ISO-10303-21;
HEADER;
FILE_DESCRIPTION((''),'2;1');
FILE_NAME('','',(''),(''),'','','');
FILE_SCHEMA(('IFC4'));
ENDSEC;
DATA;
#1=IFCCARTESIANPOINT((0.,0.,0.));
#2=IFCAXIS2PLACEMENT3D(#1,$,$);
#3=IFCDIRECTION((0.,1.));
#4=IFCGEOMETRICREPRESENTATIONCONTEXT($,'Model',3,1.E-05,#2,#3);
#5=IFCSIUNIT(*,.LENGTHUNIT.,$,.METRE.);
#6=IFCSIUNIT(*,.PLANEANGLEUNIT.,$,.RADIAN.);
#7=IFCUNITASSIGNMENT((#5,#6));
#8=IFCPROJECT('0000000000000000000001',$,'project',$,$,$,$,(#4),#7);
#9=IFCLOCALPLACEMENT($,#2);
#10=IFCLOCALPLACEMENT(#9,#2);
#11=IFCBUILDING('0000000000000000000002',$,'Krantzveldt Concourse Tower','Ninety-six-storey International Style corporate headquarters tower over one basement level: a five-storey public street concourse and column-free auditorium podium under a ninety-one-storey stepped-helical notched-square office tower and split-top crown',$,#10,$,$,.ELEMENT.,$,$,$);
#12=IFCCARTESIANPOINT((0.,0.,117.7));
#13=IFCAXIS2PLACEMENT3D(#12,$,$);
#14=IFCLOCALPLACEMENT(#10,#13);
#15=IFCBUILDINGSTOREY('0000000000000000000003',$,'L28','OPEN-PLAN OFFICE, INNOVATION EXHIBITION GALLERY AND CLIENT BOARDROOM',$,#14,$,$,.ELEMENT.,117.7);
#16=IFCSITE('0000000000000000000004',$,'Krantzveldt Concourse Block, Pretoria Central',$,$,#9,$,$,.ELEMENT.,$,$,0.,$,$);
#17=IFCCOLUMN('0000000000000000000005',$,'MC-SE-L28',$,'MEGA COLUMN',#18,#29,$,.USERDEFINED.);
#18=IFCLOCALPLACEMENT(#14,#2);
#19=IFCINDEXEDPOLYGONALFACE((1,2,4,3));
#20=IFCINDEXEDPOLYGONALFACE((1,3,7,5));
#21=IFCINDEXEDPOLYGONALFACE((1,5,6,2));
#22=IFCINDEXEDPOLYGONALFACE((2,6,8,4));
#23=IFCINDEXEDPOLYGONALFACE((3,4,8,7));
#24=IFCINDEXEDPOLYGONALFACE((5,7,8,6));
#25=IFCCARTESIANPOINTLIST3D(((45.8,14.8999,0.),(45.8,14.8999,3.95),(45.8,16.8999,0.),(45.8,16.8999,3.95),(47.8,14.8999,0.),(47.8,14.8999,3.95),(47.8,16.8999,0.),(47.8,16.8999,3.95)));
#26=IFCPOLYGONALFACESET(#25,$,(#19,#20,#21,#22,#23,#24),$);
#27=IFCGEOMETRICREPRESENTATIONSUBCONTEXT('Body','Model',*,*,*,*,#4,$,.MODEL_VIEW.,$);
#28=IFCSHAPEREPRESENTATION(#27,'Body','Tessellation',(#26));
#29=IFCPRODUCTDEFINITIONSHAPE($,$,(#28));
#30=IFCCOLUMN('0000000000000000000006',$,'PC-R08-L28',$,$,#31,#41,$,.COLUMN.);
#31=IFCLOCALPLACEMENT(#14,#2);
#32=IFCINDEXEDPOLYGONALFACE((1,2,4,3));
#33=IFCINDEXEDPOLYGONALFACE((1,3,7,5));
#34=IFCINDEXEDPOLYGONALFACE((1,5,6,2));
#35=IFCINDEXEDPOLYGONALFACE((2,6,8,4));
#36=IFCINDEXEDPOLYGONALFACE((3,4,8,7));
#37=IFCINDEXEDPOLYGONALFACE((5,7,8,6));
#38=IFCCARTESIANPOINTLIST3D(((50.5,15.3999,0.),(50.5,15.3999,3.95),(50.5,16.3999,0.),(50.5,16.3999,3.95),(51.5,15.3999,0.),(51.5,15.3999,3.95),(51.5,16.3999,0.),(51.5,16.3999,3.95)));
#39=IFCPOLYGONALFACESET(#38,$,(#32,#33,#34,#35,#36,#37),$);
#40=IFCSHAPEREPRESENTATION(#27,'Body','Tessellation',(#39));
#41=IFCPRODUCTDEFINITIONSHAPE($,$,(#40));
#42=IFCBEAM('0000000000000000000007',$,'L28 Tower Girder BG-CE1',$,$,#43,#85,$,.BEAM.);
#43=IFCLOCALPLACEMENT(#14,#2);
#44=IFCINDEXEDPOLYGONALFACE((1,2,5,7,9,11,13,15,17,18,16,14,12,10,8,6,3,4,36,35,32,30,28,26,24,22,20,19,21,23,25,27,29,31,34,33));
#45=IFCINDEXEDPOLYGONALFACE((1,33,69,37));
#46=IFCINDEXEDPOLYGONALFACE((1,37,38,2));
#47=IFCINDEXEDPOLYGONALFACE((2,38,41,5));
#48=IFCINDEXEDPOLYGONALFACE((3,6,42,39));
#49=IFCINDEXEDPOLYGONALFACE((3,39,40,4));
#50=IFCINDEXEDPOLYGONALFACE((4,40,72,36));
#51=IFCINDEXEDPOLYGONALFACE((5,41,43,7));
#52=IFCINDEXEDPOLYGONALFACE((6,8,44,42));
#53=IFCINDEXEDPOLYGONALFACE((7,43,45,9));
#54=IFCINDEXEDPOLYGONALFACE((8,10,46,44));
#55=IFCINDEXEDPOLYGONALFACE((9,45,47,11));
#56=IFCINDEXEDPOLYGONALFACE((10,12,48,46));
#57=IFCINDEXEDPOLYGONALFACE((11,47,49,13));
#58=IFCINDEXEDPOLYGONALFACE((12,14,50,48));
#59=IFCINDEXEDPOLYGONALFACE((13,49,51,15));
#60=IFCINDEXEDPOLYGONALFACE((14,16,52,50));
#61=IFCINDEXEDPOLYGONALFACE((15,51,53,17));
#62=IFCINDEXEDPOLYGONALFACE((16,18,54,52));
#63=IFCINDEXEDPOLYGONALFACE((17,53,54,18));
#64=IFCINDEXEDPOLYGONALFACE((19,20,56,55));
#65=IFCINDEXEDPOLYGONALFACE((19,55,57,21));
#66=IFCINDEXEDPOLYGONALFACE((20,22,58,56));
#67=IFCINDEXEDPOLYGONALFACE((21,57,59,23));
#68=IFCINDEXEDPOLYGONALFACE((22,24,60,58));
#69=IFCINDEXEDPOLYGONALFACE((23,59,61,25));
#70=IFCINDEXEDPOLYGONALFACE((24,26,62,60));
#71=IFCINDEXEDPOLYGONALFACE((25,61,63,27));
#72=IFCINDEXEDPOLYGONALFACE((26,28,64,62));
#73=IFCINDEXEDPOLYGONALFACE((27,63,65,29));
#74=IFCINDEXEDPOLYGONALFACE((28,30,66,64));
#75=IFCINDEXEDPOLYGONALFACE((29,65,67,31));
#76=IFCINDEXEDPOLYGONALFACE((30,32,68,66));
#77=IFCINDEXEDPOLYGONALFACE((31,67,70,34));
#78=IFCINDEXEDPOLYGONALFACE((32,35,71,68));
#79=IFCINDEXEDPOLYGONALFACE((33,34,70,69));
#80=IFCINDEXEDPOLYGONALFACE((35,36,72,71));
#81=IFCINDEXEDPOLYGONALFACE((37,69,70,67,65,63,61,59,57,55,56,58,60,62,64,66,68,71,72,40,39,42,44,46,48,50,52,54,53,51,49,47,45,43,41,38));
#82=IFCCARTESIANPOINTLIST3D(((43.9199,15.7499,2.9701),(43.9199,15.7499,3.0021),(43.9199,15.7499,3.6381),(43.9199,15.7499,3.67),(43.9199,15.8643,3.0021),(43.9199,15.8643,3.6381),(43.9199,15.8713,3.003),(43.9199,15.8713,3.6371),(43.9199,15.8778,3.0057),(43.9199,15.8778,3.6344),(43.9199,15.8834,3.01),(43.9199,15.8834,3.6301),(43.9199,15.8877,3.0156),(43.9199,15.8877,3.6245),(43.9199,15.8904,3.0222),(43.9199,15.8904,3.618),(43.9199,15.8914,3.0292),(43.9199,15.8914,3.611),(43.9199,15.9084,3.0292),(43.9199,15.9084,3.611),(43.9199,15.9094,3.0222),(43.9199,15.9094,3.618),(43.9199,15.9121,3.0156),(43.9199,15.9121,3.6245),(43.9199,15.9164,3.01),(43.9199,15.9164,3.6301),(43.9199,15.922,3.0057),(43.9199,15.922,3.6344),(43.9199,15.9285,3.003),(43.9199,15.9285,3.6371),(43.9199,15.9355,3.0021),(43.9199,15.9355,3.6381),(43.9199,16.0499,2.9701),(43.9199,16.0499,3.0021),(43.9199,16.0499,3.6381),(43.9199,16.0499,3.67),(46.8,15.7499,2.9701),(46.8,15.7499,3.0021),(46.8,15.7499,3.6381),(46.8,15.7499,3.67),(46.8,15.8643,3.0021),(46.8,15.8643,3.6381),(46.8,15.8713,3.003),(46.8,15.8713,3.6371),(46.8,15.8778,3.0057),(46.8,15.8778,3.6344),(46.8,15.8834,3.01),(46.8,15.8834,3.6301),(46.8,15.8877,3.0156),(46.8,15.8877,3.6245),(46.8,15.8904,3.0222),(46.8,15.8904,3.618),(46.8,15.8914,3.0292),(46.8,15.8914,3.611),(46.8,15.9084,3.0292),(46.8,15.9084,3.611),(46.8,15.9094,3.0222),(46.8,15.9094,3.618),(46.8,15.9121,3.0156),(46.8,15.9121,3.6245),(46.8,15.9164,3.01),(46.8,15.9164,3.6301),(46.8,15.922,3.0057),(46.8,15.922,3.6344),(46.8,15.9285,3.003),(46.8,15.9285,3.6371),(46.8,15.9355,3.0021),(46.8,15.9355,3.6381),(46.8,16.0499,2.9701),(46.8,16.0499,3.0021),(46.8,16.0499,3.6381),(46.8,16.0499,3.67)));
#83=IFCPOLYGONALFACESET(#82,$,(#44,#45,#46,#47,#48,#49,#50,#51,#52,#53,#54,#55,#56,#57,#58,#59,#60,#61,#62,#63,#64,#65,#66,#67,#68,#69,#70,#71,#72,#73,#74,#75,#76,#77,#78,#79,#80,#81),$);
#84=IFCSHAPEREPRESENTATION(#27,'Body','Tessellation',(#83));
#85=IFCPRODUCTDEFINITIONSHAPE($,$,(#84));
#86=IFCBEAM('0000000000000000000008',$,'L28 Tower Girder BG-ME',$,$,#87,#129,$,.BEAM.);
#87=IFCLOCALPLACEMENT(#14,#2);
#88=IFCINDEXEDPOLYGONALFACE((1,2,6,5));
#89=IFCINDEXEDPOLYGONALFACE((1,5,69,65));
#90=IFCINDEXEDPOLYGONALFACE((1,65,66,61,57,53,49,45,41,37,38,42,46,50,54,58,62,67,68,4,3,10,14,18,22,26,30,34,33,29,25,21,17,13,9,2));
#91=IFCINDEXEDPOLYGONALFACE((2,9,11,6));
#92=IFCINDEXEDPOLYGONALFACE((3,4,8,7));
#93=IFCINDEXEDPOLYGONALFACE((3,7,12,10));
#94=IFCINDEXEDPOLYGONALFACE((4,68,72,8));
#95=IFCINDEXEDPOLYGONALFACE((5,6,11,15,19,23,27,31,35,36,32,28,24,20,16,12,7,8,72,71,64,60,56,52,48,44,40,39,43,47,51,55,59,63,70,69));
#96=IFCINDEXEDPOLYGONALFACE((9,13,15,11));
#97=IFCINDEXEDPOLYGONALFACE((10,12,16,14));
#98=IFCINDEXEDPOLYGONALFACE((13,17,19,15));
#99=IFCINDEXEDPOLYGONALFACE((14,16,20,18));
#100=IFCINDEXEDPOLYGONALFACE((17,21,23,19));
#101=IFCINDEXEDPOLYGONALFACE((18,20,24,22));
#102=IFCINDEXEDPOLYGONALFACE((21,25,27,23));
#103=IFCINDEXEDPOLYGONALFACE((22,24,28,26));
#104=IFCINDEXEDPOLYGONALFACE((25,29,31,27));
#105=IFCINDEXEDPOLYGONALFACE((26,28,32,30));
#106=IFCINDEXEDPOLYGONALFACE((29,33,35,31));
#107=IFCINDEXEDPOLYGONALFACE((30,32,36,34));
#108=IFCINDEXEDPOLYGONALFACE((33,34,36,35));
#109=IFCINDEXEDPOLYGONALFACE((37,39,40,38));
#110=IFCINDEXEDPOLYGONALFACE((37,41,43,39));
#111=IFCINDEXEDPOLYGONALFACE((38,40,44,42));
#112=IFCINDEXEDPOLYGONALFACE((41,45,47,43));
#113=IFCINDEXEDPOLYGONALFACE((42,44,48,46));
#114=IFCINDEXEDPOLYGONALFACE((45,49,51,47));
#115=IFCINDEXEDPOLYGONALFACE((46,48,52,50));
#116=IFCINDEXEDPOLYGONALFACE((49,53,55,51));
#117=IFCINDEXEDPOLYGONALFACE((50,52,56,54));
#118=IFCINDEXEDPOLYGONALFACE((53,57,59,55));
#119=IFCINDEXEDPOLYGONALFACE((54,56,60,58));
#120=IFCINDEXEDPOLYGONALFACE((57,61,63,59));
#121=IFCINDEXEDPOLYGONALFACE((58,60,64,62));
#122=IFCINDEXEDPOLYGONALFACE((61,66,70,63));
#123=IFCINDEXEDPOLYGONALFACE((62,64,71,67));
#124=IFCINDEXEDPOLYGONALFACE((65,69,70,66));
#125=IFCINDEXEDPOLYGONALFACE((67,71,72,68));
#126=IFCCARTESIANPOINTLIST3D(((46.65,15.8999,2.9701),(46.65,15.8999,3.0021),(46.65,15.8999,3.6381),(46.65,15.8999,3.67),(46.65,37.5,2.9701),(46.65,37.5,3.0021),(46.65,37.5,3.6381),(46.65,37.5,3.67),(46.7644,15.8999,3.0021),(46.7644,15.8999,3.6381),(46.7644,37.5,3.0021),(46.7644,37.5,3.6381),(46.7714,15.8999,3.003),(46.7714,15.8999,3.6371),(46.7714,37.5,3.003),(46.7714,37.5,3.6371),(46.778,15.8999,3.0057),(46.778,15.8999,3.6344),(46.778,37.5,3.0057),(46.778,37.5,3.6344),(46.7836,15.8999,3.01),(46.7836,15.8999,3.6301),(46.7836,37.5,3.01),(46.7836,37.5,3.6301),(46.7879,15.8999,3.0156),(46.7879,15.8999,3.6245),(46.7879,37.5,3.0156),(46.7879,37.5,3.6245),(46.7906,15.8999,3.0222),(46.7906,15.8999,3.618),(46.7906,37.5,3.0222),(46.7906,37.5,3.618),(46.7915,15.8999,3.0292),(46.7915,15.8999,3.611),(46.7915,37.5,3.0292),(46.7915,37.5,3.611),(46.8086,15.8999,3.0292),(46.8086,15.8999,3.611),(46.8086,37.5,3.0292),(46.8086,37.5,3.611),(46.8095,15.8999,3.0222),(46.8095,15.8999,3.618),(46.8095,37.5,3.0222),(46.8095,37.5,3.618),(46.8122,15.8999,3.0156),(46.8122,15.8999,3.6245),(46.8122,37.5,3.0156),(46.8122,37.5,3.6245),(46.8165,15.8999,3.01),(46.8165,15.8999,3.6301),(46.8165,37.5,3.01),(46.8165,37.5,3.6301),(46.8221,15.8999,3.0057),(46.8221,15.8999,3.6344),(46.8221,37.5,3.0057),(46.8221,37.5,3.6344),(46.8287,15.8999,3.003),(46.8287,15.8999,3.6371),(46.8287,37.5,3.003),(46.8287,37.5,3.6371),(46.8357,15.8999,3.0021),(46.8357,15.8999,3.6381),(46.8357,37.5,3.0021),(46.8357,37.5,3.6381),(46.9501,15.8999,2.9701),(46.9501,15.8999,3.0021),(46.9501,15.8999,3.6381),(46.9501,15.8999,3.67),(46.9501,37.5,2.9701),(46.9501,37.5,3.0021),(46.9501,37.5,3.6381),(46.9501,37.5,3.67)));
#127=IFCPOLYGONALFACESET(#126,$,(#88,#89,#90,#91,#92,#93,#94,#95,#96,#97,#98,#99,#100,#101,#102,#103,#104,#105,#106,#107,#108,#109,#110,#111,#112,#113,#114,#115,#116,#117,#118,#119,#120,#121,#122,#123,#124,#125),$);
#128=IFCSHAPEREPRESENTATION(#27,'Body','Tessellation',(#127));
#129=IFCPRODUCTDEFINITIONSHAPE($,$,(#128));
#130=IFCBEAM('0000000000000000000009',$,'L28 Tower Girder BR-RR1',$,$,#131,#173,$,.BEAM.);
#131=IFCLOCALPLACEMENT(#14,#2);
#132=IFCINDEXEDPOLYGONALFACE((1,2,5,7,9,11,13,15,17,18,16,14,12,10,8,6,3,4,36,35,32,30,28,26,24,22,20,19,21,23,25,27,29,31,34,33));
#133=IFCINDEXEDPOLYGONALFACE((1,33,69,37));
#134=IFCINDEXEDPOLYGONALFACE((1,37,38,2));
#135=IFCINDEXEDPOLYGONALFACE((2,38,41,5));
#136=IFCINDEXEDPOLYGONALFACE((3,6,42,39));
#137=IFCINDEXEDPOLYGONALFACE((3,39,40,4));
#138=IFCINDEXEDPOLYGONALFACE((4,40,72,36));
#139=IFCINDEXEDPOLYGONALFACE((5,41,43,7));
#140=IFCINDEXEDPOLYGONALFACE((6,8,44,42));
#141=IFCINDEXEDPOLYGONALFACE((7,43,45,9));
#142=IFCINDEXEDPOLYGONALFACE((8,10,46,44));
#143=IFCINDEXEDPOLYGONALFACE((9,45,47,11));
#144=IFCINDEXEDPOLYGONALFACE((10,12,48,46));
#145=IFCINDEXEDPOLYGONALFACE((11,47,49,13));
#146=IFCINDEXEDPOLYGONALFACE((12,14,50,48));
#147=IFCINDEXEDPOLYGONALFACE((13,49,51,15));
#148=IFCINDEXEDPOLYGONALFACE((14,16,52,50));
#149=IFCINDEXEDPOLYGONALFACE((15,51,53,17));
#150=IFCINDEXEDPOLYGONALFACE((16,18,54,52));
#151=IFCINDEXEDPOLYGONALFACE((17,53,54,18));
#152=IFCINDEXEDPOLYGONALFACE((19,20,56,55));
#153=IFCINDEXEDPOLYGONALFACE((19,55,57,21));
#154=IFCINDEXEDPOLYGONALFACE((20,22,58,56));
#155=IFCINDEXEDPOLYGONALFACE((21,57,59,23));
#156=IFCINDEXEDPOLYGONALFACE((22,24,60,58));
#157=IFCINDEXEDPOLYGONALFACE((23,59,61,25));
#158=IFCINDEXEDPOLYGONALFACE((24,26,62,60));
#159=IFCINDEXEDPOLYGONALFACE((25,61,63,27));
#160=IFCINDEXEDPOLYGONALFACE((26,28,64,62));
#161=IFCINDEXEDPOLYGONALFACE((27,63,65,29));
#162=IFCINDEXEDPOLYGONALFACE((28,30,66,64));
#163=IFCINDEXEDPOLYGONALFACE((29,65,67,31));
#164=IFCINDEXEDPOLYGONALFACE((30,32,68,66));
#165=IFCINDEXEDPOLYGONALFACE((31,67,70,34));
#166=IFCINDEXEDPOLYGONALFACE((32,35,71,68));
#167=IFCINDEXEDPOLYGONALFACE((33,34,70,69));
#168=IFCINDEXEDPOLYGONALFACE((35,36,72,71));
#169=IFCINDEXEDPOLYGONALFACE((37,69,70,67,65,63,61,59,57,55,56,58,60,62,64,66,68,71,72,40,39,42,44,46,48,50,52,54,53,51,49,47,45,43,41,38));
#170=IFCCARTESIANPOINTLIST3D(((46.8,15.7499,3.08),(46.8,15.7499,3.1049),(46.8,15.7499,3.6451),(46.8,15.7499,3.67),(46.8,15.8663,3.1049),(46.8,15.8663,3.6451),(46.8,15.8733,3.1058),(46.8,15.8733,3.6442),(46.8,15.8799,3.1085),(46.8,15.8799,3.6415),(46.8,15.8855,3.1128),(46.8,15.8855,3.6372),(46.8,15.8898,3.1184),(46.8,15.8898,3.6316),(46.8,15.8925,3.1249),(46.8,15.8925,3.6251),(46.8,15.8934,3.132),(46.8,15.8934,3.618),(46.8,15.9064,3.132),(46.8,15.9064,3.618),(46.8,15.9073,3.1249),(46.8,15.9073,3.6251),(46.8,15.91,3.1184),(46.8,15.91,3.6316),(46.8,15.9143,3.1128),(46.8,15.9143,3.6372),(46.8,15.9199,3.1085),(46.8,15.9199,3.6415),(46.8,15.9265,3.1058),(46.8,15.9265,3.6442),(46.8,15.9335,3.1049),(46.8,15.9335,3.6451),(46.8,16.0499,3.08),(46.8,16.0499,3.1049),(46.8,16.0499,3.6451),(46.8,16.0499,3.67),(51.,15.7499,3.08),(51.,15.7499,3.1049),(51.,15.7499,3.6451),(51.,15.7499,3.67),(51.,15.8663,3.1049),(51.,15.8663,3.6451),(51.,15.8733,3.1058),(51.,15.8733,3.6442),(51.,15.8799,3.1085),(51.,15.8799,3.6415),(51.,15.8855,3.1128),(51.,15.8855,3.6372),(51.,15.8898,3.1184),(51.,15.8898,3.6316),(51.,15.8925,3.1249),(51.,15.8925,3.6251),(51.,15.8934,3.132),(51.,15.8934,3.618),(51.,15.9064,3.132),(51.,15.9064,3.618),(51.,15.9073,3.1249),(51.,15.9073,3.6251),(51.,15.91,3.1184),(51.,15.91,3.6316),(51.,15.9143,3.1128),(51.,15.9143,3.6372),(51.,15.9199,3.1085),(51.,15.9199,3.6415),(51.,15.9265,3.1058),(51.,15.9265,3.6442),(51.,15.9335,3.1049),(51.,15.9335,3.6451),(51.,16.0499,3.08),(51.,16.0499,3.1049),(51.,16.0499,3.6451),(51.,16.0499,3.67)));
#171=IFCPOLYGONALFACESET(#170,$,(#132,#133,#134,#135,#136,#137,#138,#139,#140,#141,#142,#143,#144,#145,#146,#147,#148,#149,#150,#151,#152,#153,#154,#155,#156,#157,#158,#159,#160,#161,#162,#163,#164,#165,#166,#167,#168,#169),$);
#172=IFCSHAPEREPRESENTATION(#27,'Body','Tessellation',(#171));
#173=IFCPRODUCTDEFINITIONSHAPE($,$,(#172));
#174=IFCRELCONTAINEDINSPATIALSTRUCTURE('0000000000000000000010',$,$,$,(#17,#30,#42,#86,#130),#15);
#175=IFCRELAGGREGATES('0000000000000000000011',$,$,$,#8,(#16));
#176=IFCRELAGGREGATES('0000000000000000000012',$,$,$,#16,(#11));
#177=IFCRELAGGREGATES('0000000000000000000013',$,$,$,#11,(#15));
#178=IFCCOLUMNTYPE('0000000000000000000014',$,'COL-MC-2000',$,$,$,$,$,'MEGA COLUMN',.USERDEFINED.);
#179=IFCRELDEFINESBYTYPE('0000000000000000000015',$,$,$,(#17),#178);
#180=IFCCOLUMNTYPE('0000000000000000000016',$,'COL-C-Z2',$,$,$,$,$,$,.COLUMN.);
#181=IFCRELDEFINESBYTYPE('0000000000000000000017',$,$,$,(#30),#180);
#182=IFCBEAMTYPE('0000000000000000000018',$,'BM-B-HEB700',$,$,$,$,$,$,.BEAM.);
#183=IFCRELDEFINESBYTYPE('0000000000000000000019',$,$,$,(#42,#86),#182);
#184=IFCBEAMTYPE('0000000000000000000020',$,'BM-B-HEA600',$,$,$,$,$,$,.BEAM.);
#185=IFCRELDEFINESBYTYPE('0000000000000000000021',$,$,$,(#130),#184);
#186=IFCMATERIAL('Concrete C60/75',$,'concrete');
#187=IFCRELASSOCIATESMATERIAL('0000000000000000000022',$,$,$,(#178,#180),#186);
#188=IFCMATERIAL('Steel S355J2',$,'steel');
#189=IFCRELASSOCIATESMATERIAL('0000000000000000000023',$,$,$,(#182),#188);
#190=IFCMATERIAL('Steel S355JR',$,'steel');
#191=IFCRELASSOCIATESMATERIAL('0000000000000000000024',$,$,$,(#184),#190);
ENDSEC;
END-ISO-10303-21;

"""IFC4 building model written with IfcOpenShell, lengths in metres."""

from ifc_helpers import new_model, si_unit, direction, frame, origin, origin_2d, place, context, subcontext, project, spatial, rectangle, i_section, extrude, source, transform, mapped, material, material_profile, profile_set, type_object, type_shapes, element, save


model = new_model("IFC4")

# Units and contexts
model_context = context("Model", 3, precision=1e-05, world=origin(), true_north=direction((0.0, 1.0)))
body_context = subcontext(model_context, "Body", "Model", "MODEL_VIEW")
ifc_project = project(units=[si_unit("LENGTHUNIT", "METRE"), si_unit("PLANEANGLEUNIT", "RADIAN")], contexts=[model_context])

# Site, building, storey
site_placement = place(None, origin())
site = spatial("IfcSite", under=ifc_project, at=site_placement, Name="Krantzveldt Concourse Block, Pretoria Central", CompositionType="ELEMENT", RefElevation=0.0)
building_placement = place(site_placement, origin())
building = spatial("IfcBuilding", under=site, at=building_placement, Name="Krantzveldt Concourse Tower", Description="Ninety-six-storey International Style corporate headquarters tower over one basement level: a five-storey public street concourse and column-free auditorium podium under a ninety-one-storey stepped-helical notched-square office tower and split-top crown", CompositionType="ELEMENT")
storey_placement = place(building_placement, frame((0.0, 0.0, 117.7)))
storey = spatial("IfcBuildingStorey", under=building, at=storey_placement, Name="L28", Description="OPEN-PLAN OFFICE, INNOVATION EXHIBITION GALLERY AND CLIENT BOARDROOM", CompositionType="ELEMENT", Elevation=117.7)

# Columns
ifc_material_1 = material(Name="Concrete C60/75", Category="concrete")
ifc_material_profile_1 = material_profile(ifc_material_1, rectangle(XDim=2.0, YDim=2.0, at=origin_2d()), Name="Concrete C60/75", Category="concrete")
ifc_profile_set_1 = profile_set([ifc_material_profile_1], Name="Concrete C60/75 - RC 2000x2000")
column_type_1 = type_object("IfcColumnType", Name="COL-MC-2000", ElementType="MEGA COLUMN", PredefinedType="USERDEFINED", material=ifc_profile_set_1)
shared_shape_1 = source(origin(), body_context, "Body", "SweptSolid", [
    extrude(rectangle(XDim=2.0, YDim=2.0, at=origin_2d()), origin(), (0.0, 0.0, 1.0), 3.95),
])
type_shapes(column_type_1, [shared_shape_1])
column_1_placement = place(storey_placement, frame((46.8, 15.8999, 0.0), z_axis=(0.0, 0.0, 1.0), x_axis=(1.0, 0.0, 0.0)))
element("IfcColumn", 1, at=column_1_placement, inside=storey, type_object=column_type_1, Name="MC-SE-L28", ObjectType="MEGA COLUMN", PredefinedType="USERDEFINED", context=body_context, shape_type="MappedRepresentation", body=[
    mapped(shared_shape_1, transform((0.0, 0.0, 0.0), x_axis=(1.0, 0.0, 0.0), y_axis=(0.0, 1.0, 0.0), z_axis=(0.0, 0.0, 1.0), scale=1.0)),
])
ifc_material_profile_2 = material_profile(ifc_material_1, rectangle(XDim=1.0, YDim=1.0, at=origin_2d()), Name="Concrete C60/75", Category="concrete")
ifc_profile_set_2 = profile_set([ifc_material_profile_2], Name="Concrete C60/75 - RC 1000x1000")
column_type_2 = type_object("IfcColumnType", Name="COL-C-Z2", PredefinedType="COLUMN", material=ifc_profile_set_2)
shared_shape_2 = source(origin(), body_context, "Body", "SweptSolid", [
    extrude(rectangle(XDim=1.0, YDim=1.0, at=origin_2d()), origin(), (0.0, 0.0, 1.0), 3.95),
])
type_shapes(column_type_2, [shared_shape_2])
column_2_placement = place(storey_placement, frame((51.0, 15.8999, 0.0), z_axis=(0.0, 0.0, 1.0), x_axis=(1.0, 0.0, 0.0)))
element("IfcColumn", 2, at=column_2_placement, inside=storey, type_object=column_type_2, Name="PC-R08-L28", PredefinedType="COLUMN", context=body_context, shape_type="MappedRepresentation", body=[
    mapped(shared_shape_2, transform((0.0, 0.0, 0.0), x_axis=(1.0, 0.0, 0.0), y_axis=(0.0, 1.0, 0.0), z_axis=(0.0, 0.0, 1.0), scale=1.0)),
])

# Beams
ifc_material_2 = material(Name="Steel S355J2", Category="steel")
ifc_material_profile_3 = material_profile(ifc_material_2, i_section(OverallWidth=0.3, OverallDepth=0.7, WebThickness=0.0171, FlangeThickness=0.032, FilletRadius=0.0271, at=origin_2d()), Name="Steel S355J2", Category="steel")
ifc_profile_set_3 = profile_set([ifc_material_profile_3], Name="Steel S355J2 - HEB 700")
beam_type_1 = type_object("IfcBeamType", Name="BM-B-HEB700", PredefinedType="BEAM", material=ifc_profile_set_3)
shared_shape_3 = source(origin(), body_context, "Body", "SweptSolid", [
    extrude(i_section(OverallWidth=0.3, OverallDepth=0.7, WebThickness=0.0171, FlangeThickness=0.032, FilletRadius=0.0271, at=origin_2d()), origin(), (0.0, 0.0, 1.0), 2.8801),
])
beam_1_placement = place(storey_placement, frame((43.9199, 15.8999, 3.3201), z_axis=(1.0, 0.0, 0.0), x_axis=(0.0, 1.0, 0.0)))
element("IfcBeam", 3, at=beam_1_placement, inside=storey, type_object=beam_type_1, Name="L28 Tower Girder BG-CE1", PredefinedType="BEAM", context=body_context, shape_type="MappedRepresentation", body=[
    mapped(shared_shape_3, transform((0.0, 0.0, 0.0), x_axis=(1.0, 0.0, 0.0), y_axis=(0.0, 1.0, 0.0), z_axis=(0.0, 0.0, 1.0), scale=1.0)),
])
shared_shape_4 = source(origin(), body_context, "Body", "SweptSolid", [
    extrude(i_section(OverallWidth=0.3, OverallDepth=0.7, WebThickness=0.0171, FlangeThickness=0.032, FilletRadius=0.0271, at=origin_2d()), origin(), (0.0, 0.0, 1.0), 21.6001),
])
type_shapes(beam_type_1, [shared_shape_3, shared_shape_4])
beam_2_placement = place(storey_placement, frame((46.8, 15.8999, 3.3201), z_axis=(0.0, 1.0, 0.0), x_axis=(-1.0, 0.0, 0.0)))
element("IfcBeam", 4, at=beam_2_placement, inside=storey, type_object=beam_type_1, Name="L28 Tower Girder BG-ME", PredefinedType="BEAM", context=body_context, shape_type="MappedRepresentation", body=[
    mapped(shared_shape_4, transform((0.0, 0.0, 0.0), x_axis=(1.0, 0.0, 0.0), y_axis=(0.0, 1.0, 0.0), z_axis=(0.0, 0.0, 1.0), scale=1.0)),
])
ifc_material_3 = material(Name="Steel S355JR", Category="steel")
ifc_material_profile_4 = material_profile(ifc_material_3, i_section(OverallWidth=0.3, OverallDepth=0.5901, WebThickness=0.0129, FlangeThickness=0.0249, FilletRadius=0.0271, at=origin_2d()), Name="Steel S355JR", Category="steel")
ifc_profile_set_4 = profile_set([ifc_material_profile_4], Name="Steel S355JR - HEA 600")
beam_type_2 = type_object("IfcBeamType", Name="BM-B-HEA600", PredefinedType="BEAM", material=ifc_profile_set_4)
shared_shape_5 = source(origin(), body_context, "Body", "SweptSolid", [
    extrude(i_section(OverallWidth=0.3, OverallDepth=0.5901, WebThickness=0.0129, FlangeThickness=0.0249, FilletRadius=0.0271, at=origin_2d()), origin(), (0.0, 0.0, 1.0), 4.2),
])
beam_3_placement = place(storey_placement, frame((46.8, 15.8999, 3.375), z_axis=(1.0, 0.0, 0.0), x_axis=(0.0, 1.0, 0.0)))
element("IfcBeam", 5, at=beam_3_placement, inside=storey, type_object=beam_type_2, Name="L28 Tower Girder BR-RR1", PredefinedType="BEAM", context=body_context, shape_type="MappedRepresentation", body=[
    mapped(shared_shape_5, transform((0.0, 0.0, 0.0), x_axis=(1.0, 0.0, 0.0), y_axis=(0.0, 1.0, 0.0), z_axis=(0.0, 0.0, 1.0), scale=1.0)),
])

save(model, "model.ifc")
